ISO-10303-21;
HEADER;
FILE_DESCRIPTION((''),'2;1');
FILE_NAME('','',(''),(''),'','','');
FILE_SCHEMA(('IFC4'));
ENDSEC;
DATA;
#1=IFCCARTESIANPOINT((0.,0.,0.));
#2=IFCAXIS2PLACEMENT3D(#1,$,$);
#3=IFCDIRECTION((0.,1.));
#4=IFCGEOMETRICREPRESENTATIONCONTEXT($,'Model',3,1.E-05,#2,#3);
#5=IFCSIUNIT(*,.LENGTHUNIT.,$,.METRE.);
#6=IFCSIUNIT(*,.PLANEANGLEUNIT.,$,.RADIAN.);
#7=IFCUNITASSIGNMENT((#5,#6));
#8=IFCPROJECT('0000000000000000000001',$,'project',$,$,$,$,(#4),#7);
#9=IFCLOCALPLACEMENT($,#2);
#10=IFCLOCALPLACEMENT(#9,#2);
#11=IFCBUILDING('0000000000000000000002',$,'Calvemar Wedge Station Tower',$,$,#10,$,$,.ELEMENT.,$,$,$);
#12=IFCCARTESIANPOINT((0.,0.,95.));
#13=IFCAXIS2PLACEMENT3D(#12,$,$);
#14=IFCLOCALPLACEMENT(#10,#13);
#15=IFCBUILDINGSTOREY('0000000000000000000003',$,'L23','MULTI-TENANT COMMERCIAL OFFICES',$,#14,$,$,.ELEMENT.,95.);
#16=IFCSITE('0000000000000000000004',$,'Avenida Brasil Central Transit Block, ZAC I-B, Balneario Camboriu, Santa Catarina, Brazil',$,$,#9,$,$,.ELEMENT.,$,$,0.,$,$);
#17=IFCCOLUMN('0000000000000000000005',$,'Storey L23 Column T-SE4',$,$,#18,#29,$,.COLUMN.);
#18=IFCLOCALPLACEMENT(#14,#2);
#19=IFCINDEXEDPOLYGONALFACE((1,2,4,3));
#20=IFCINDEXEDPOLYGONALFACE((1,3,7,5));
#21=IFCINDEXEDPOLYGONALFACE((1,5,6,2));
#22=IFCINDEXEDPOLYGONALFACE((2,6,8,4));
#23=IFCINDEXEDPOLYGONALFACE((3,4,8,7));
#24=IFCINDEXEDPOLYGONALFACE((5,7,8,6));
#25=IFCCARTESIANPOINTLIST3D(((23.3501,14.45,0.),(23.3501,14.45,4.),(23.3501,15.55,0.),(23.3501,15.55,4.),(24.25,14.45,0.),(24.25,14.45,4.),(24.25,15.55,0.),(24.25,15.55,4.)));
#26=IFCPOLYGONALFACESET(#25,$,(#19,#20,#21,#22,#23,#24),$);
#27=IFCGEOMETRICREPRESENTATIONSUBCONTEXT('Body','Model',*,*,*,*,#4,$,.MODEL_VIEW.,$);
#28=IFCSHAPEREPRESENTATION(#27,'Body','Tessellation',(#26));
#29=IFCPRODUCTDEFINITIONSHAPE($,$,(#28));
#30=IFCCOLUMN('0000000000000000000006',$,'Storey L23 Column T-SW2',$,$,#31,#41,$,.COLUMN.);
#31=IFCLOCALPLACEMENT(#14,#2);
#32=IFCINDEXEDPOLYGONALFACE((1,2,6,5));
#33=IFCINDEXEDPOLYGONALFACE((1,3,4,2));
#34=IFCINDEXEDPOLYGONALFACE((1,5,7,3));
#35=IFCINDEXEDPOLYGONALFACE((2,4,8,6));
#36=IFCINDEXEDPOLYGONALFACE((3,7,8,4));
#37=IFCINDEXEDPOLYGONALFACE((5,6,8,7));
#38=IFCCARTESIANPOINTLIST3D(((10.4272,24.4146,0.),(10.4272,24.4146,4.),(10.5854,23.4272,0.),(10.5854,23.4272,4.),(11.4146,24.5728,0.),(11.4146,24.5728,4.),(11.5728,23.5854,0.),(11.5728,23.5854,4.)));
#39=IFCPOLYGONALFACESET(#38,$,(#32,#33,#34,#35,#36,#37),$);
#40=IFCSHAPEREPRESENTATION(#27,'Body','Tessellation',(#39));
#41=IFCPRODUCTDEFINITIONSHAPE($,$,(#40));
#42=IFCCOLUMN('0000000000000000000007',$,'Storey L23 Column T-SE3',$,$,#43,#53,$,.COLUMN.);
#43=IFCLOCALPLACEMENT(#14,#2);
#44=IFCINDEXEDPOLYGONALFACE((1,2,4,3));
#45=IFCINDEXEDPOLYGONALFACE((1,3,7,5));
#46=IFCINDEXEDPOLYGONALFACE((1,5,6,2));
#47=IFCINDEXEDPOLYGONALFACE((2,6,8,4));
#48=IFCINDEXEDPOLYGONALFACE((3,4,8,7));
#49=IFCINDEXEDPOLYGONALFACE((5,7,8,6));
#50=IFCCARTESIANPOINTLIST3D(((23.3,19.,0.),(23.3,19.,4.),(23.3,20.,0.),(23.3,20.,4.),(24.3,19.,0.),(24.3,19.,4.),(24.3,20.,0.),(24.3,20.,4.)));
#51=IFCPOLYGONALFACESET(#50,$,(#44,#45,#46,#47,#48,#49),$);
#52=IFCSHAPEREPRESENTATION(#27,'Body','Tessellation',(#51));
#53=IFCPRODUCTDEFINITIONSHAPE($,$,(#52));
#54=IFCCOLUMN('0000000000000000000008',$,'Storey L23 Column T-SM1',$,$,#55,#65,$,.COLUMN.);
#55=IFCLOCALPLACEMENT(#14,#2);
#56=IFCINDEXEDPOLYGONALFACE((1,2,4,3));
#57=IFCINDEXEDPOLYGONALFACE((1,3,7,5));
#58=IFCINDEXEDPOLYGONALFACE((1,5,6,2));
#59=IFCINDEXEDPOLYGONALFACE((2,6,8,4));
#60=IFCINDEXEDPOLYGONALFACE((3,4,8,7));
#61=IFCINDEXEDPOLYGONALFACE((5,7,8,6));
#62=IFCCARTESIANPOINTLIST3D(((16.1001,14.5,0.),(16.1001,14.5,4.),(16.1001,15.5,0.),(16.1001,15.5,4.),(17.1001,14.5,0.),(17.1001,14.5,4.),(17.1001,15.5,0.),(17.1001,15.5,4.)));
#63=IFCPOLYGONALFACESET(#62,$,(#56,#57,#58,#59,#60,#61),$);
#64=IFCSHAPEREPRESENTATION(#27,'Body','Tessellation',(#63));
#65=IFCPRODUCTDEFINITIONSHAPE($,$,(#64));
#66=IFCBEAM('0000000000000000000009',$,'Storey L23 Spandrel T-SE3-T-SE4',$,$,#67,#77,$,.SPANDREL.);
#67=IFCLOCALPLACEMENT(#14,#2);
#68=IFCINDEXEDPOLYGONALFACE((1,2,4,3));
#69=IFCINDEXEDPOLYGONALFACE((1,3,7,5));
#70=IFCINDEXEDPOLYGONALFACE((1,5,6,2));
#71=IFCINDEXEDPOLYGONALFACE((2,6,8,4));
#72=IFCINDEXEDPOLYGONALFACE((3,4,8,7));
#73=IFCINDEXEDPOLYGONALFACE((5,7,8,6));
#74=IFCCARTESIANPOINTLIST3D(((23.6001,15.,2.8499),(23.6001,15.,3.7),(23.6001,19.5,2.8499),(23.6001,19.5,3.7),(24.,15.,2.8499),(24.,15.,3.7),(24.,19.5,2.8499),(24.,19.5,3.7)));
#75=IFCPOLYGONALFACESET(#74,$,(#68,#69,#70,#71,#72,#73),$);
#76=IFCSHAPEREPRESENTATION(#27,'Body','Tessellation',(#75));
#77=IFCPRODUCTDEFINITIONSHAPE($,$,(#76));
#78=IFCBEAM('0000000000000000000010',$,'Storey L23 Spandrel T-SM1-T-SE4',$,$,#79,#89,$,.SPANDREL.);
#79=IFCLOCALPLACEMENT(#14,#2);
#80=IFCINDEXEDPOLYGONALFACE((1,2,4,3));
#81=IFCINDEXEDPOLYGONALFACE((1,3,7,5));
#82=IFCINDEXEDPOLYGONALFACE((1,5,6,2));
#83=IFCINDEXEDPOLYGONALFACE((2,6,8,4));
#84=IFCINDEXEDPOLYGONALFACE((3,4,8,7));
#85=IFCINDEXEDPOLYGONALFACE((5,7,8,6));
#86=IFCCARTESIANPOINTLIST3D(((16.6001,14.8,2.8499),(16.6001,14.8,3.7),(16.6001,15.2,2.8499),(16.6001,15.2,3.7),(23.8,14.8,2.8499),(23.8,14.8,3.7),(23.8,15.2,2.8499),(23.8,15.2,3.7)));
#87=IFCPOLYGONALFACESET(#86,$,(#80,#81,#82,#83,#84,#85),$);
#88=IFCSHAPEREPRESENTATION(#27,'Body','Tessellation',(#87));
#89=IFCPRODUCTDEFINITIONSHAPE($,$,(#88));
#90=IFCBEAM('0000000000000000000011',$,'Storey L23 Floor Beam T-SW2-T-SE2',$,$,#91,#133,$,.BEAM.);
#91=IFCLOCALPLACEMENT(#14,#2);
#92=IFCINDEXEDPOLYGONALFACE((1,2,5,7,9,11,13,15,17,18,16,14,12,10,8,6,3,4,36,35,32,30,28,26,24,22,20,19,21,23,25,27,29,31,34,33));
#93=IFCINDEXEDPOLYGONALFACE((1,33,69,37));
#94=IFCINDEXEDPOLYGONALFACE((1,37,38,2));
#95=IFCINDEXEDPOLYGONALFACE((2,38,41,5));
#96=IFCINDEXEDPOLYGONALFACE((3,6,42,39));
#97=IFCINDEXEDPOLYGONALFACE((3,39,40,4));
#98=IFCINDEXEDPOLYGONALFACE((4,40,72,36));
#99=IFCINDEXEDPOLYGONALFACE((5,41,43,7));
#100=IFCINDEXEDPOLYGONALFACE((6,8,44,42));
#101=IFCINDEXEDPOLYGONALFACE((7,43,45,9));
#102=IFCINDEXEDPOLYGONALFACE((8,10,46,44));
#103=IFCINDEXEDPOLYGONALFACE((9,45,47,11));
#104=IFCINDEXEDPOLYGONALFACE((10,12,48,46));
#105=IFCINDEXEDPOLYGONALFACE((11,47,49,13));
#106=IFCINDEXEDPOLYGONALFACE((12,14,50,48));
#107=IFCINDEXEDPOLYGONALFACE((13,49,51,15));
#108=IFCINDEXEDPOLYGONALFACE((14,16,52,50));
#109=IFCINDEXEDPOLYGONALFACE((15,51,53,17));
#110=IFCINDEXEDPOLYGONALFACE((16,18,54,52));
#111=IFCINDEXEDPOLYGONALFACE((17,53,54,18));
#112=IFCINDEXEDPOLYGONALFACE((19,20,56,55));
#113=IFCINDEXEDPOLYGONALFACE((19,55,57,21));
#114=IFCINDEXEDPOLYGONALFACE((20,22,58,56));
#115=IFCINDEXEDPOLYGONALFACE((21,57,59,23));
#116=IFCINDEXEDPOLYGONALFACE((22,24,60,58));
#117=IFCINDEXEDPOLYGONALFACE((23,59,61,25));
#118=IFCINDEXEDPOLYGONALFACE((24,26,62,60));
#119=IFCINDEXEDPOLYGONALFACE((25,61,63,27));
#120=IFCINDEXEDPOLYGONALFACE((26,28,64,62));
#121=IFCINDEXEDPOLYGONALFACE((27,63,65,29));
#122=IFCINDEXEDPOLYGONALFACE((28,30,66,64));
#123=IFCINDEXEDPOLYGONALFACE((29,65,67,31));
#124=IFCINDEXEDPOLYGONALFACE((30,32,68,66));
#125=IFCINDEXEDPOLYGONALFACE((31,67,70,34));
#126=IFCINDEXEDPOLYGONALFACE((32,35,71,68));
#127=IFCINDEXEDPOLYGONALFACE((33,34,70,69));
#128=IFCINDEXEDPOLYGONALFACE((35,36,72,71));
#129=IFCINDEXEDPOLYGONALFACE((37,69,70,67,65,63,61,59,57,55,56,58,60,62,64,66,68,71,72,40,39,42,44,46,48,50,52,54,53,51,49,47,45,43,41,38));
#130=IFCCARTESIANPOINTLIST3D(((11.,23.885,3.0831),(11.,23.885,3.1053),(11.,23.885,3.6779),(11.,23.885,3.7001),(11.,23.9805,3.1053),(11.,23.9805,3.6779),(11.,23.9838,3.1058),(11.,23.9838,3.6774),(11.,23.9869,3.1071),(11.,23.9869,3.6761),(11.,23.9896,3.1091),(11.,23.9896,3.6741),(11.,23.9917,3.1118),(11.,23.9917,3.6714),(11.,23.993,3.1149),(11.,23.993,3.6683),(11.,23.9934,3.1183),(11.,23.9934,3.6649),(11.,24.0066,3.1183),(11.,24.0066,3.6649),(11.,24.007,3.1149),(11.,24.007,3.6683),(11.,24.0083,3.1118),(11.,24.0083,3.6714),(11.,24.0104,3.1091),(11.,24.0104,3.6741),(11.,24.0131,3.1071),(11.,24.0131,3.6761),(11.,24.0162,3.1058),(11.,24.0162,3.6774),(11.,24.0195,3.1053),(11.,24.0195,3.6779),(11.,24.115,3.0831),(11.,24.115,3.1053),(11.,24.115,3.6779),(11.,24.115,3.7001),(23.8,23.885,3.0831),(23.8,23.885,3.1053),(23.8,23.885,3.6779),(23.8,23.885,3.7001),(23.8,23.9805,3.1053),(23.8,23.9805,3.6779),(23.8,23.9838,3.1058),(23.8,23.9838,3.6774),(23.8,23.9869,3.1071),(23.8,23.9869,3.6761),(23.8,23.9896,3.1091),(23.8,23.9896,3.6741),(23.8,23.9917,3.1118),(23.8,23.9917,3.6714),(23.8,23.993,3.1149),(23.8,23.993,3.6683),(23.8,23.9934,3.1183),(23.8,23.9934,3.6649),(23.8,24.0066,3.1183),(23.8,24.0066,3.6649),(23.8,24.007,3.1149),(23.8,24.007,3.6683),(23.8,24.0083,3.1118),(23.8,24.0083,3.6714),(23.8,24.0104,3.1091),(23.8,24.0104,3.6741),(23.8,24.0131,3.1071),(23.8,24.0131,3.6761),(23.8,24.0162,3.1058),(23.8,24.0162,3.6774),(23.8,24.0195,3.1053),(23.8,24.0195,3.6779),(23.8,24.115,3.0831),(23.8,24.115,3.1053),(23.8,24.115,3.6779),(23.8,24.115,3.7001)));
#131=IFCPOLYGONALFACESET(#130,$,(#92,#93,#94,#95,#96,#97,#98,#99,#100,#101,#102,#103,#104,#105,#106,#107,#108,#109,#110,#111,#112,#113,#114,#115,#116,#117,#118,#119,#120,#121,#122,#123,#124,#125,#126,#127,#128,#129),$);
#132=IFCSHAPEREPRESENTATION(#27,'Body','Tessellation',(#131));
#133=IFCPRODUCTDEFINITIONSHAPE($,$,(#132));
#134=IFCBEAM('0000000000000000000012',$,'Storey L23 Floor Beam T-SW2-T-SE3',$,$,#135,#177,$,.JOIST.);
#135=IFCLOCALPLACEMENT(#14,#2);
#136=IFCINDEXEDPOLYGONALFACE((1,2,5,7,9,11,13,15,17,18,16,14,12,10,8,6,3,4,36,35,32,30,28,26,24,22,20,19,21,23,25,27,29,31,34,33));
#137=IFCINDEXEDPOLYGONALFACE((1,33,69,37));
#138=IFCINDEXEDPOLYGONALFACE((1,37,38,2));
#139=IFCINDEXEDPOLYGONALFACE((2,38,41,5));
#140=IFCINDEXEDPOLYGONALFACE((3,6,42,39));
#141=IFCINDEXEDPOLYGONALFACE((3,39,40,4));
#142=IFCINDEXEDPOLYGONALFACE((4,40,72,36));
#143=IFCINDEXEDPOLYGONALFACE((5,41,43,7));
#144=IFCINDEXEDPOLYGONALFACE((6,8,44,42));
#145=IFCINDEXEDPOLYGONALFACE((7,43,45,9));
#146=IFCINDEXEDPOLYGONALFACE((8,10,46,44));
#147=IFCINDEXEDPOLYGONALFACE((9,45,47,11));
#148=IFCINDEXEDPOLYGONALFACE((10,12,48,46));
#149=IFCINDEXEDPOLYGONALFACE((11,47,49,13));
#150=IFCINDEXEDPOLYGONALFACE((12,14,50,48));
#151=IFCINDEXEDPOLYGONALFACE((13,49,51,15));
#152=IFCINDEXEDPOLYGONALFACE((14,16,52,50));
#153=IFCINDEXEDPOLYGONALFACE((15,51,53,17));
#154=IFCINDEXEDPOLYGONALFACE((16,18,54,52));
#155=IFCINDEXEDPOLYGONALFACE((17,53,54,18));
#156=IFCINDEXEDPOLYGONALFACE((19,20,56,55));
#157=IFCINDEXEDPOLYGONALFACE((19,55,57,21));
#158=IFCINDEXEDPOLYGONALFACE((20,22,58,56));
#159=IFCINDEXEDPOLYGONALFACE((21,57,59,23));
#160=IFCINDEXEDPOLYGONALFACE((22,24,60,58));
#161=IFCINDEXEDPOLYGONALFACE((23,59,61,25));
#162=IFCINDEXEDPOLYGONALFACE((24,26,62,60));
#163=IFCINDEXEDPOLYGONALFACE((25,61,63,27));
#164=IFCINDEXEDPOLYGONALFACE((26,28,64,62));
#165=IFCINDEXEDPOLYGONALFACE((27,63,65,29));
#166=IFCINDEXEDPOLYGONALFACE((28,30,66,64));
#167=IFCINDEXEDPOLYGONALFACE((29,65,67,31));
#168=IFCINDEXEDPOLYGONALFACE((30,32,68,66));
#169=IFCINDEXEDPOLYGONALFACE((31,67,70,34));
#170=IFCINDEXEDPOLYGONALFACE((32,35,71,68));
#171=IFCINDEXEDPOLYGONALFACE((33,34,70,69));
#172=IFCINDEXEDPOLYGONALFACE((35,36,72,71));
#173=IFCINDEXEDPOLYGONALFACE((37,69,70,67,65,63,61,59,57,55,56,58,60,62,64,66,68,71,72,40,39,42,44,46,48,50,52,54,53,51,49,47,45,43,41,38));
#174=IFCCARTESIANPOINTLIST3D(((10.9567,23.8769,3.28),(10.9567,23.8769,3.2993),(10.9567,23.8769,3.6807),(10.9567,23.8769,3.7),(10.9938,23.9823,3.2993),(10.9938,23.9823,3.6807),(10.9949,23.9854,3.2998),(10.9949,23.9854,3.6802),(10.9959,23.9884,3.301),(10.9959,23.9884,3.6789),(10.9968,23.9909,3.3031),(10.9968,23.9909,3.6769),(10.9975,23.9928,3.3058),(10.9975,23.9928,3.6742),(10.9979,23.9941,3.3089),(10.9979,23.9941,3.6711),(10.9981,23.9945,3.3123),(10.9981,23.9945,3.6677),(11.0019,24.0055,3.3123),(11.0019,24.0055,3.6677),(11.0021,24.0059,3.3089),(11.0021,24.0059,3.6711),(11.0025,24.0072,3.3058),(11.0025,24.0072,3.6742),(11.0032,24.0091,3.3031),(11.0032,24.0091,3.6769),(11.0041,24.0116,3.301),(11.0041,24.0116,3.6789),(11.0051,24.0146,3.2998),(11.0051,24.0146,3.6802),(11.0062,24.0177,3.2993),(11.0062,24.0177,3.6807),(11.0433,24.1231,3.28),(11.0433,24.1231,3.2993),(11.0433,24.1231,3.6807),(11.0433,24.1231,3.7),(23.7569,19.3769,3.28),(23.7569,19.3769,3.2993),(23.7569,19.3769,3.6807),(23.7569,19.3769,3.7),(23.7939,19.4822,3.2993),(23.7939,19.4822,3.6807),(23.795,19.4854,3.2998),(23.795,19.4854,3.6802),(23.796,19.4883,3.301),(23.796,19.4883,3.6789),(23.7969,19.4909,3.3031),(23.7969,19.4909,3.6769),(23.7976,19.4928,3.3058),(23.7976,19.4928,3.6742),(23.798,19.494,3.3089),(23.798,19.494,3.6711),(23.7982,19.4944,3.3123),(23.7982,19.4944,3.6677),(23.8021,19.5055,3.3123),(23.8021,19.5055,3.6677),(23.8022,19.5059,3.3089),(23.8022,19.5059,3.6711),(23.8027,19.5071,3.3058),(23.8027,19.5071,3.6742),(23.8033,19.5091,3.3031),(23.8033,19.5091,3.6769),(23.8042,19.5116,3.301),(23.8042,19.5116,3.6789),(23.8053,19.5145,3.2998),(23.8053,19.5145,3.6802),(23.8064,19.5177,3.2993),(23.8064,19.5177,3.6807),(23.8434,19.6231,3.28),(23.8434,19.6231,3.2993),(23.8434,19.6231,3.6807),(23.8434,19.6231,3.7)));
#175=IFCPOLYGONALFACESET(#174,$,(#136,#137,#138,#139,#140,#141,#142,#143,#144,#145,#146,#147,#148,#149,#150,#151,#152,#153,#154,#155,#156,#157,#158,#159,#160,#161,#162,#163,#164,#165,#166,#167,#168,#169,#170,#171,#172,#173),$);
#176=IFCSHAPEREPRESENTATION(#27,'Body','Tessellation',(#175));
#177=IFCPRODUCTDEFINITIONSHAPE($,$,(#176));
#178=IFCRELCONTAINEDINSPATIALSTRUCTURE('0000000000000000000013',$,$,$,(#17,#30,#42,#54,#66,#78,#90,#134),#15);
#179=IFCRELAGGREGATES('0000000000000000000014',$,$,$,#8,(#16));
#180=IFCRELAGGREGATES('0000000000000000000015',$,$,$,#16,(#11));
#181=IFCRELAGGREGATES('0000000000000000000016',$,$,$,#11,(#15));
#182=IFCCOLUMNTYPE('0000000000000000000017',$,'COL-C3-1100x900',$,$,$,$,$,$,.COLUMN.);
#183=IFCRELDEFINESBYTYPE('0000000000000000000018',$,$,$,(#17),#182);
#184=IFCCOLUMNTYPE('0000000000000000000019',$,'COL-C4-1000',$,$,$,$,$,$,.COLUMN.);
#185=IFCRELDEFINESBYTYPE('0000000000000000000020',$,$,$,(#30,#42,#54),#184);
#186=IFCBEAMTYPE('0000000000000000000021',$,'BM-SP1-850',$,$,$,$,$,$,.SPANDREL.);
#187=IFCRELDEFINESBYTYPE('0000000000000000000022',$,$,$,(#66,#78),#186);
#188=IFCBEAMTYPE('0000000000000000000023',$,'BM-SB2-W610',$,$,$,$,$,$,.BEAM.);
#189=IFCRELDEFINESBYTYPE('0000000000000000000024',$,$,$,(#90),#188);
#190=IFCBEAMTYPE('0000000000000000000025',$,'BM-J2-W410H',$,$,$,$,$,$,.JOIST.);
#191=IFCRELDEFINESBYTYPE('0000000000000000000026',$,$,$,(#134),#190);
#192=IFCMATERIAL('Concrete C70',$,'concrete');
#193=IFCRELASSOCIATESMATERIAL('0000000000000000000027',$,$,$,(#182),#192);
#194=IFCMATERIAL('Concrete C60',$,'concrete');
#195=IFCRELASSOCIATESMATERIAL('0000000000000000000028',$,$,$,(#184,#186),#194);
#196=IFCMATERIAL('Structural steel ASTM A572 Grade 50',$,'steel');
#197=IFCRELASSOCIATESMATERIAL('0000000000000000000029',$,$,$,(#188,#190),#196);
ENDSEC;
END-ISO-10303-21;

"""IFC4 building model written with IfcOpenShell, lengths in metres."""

from ifc_helpers import new_model, si_unit, direction, frame, origin, origin_2d, place, context, subcontext, project, spatial, rectangle, i_section, extrude, source, transform, mapped, material, material_profile, profile_set, type_object, element, save


model = new_model("IFC4")

# Units and contexts
model_context = context("Model", 3, precision=1e-05, world=origin(), true_north=direction((0.0, 1.0)))
body_context = subcontext(model_context, "Body", "Model", "MODEL_VIEW")
ifc_project = project(units=[si_unit("LENGTHUNIT", "METRE"), si_unit("PLANEANGLEUNIT", "RADIAN")], contexts=[model_context])

# Site, building, storey
site_placement = place(None, origin())
site = spatial("IfcSite", under=ifc_project, at=site_placement, Name="Avenida Brasil Central Transit Block, ZAC I-B, Balneario Camboriu, Santa Catarina, Brazil", CompositionType="ELEMENT", RefElevation=0.0)
building_placement = place(site_placement, origin())
building = spatial("IfcBuilding", under=site, at=building_placement, Name="Calvemar Wedge Station Tower", CompositionType="ELEMENT")
storey_placement = place(building_placement, frame((0.0, 0.0, 95.0)))
storey = spatial("IfcBuildingStorey", under=building, at=storey_placement, Name="L23", Description="MULTI-TENANT COMMERCIAL OFFICES", CompositionType="ELEMENT", Elevation=95.0)

# Columns
ifc_material_1 = material(Name="Concrete C70", Category="concrete")
ifc_material_profile_1 = material_profile(ifc_material_1, rectangle(XDim=0.8999, YDim=1.1001, at=origin_2d()), Name="RC1100x900")
ifc_profile_set_1 = profile_set([ifc_material_profile_1], Name="Concrete C70")
column_type_1 = type_object("IfcColumnType", Name="COL-C3-1100x900", PredefinedType="COLUMN", material=ifc_profile_set_1)
shared_shape_1 = source(origin(), body_context, "Body", "SweptSolid", [
    extrude(rectangle(XDim=0.8999, YDim=1.1001, at=origin_2d()), origin(), (0.0, 0.0, 1.0), 4.0),
])
column_placement = place(storey_placement, frame((23.8, 15.0, 0.0), z_axis=(0.0, 0.0, 1.0), x_axis=(1.0, 0.0, 0.0)))
element("IfcColumn", 1, at=column_placement, inside=storey, type_object=column_type_1, Name="Storey L23 Column T-SE4", PredefinedType="COLUMN", context=body_context, shape_type="MappedRepresentation", body=[
    mapped(shared_shape_1, transform((0.0, 0.0, 0.0), scale=1.0)),
])
ifc_material_2 = material(Name="Concrete C60", Category="concrete")
ifc_material_profile_2 = material_profile(ifc_material_2, rectangle(XDim=1.0, YDim=1.0, at=origin_2d()), Name="RC1000x1000")
ifc_profile_set_2 = profile_set([ifc_material_profile_2], Name="Concrete C60")
column_type_2 = type_object("IfcColumnType", Name="COL-C4-1000", PredefinedType="COLUMN", material=ifc_profile_set_2)
shared_shape_2 = source(origin(), body_context, "Body", "SweptSolid", [
    extrude(rectangle(XDim=1.0, YDim=1.0, at=origin_2d()), origin(), (0.0, 0.0, 1.0), 4.0),
])
for number, where, z_axis, x_axis, name in (
    (2, (11.0, 24.0, 0.0), (0.0, 0.0, 1.0), (0.158158, -0.987414, 0.0), "Storey L23 Column T-SW2"),
    (3, (23.8, 19.5, 0.0), (0.0, 0.0, 1.0), (1.0, 0.0, 0.0), "Storey L23 Column T-SE3"),
    (4, (16.6001, 15.0, 0.0), (0.0, 0.0, 1.0), (1.0, 0.0, 0.0), "Storey L23 Column T-SM1"),
):
    element("IfcColumn", number, at=place(storey_placement, frame(where, z_axis=z_axis, x_axis=x_axis)), inside=storey, type_object=column_type_2, Name=name, PredefinedType="COLUMN", context=body_context, shape_type="MappedRepresentation", body=[
        mapped(shared_shape_2, transform((0.0, 0.0, 0.0), scale=1.0)),
    ])

# Beams
ifc_material_profile_3 = material_profile(ifc_material_2, rectangle(XDim=0.3999, YDim=0.8501, at=origin_2d()), Name="RC400x850")
ifc_profile_set_3 = profile_set([ifc_material_profile_3], Name="Concrete C60")
beam_type_1 = type_object("IfcBeamType", Name="BM-SP1-850", PredefinedType="SPANDREL", material=ifc_profile_set_3)
shared_shape_3 = source(origin(), body_context, "Body", "SweptSolid", [
    extrude(rectangle(XDim=0.3999, YDim=0.8501, at=origin_2d()), origin(), (0.0, 0.0, 1.0), 4.5),
])
beam_1_placement = place(storey_placement, frame((23.8, 19.5, 3.2749), z_axis=(0.0, -1.0, 0.0), x_axis=(1.0, 0.0, 0.0)))
element("IfcBeam", 5, at=beam_1_placement, inside=storey, type_object=beam_type_1, Name="Storey L23 Spandrel T-SE3-T-SE4", PredefinedType="SPANDREL", context=body_context, shape_type="MappedRepresentation", body=[
    mapped(shared_shape_3, transform((0.0, 0.0, 0.0), scale=1.0)),
])
shared_shape_4 = source(origin(), body_context, "Body", "SweptSolid", [
    extrude(rectangle(XDim=0.3999, YDim=0.8501, at=origin_2d()), origin(), (0.0, 0.0, 1.0), 7.2),
])
beam_2_placement = place(storey_placement, frame((16.6001, 15.0, 3.2749), z_axis=(1.0, 0.0, 0.0), x_axis=(0.0, 1.0, 0.0)))
element("IfcBeam", 6, at=beam_2_placement, inside=storey, type_object=beam_type_1, Name="Storey L23 Spandrel T-SM1-T-SE4", PredefinedType="SPANDREL", context=body_context, shape_type="MappedRepresentation", body=[
    mapped(shared_shape_4, transform((0.0, 0.0, 0.0), scale=1.0)),
])
ifc_material_3 = material(Name="Structural steel ASTM A572 Grade 50", Category="steel")
ifc_material_profile_4 = material_profile(ifc_material_3, i_section(OverallWidth=0.23, OverallDepth=0.6169, WebThickness=0.0132, FlangeThickness=0.0222, FilletRadius=0.0129, at=origin_2d()), Name="W610x140")
ifc_profile_set_4 = profile_set([ifc_material_profile_4], Name="Structural steel ASTM A572 Grade 50")
beam_type_2 = type_object("IfcBeamType", Name="BM-SB2-W610", PredefinedType="BEAM", material=ifc_profile_set_4)
shared_shape_5 = source(origin(), body_context, "Body", "SweptSolid", [
    extrude(i_section(OverallWidth=0.23, OverallDepth=0.6169, WebThickness=0.0132, FlangeThickness=0.0222, FilletRadius=0.0129, at=origin_2d()), origin(), (0.0, 0.0, 1.0), 12.8),
])
beam_3_placement = place(storey_placement, frame((11.0, 24.0, 3.3916), z_axis=(1.0, 0.0, 0.0), x_axis=(0.0, 1.0, 0.0)))
element("IfcBeam", 7, at=beam_3_placement, inside=storey, type_object=beam_type_2, Name="Storey L23 Floor Beam T-SW2-T-SE2", PredefinedType="BEAM", context=body_context, shape_type="MappedRepresentation", body=[
    mapped(shared_shape_5, transform((0.0, 0.0, 0.0), scale=1.0)),
])
ifc_material_profile_5 = material_profile(ifc_material_3, i_section(OverallWidth=0.261, OverallDepth=0.4199, WebThickness=0.0117, FlangeThickness=0.0193, FilletRadius=0.0129, at=origin_2d()), Name="W410x114")
ifc_profile_set_5 = profile_set([ifc_material_profile_5], Name="Structural steel ASTM A572 Grade 50")
beam_type_3 = type_object("IfcBeamType", Name="BM-J2-W410H", PredefinedType="JOIST", material=ifc_profile_set_5)
shared_shape_6 = source(origin(), body_context, "Body", "SweptSolid", [
    extrude(i_section(OverallWidth=0.261, OverallDepth=0.4199, WebThickness=0.0117, FlangeThickness=0.0193, FilletRadius=0.0129, at=origin_2d()), origin(), (0.0, 0.0, 1.0), 13.5681),
])
beam_4_placement = place(storey_placement, frame((11.0, 24.0, 3.49), z_axis=(0.943398, -0.331662, 0.0), x_axis=(0.331662, 0.943398, 0.0)))
element("IfcBeam", 8, at=beam_4_placement, inside=storey, type_object=beam_type_3, Name="Storey L23 Floor Beam T-SW2-T-SE3", PredefinedType="JOIST", context=body_context, shape_type="MappedRepresentation", body=[
    mapped(shared_shape_6, transform((0.0, 0.0, 0.0), scale=1.0)),
])

save(model, "model.ifc")
